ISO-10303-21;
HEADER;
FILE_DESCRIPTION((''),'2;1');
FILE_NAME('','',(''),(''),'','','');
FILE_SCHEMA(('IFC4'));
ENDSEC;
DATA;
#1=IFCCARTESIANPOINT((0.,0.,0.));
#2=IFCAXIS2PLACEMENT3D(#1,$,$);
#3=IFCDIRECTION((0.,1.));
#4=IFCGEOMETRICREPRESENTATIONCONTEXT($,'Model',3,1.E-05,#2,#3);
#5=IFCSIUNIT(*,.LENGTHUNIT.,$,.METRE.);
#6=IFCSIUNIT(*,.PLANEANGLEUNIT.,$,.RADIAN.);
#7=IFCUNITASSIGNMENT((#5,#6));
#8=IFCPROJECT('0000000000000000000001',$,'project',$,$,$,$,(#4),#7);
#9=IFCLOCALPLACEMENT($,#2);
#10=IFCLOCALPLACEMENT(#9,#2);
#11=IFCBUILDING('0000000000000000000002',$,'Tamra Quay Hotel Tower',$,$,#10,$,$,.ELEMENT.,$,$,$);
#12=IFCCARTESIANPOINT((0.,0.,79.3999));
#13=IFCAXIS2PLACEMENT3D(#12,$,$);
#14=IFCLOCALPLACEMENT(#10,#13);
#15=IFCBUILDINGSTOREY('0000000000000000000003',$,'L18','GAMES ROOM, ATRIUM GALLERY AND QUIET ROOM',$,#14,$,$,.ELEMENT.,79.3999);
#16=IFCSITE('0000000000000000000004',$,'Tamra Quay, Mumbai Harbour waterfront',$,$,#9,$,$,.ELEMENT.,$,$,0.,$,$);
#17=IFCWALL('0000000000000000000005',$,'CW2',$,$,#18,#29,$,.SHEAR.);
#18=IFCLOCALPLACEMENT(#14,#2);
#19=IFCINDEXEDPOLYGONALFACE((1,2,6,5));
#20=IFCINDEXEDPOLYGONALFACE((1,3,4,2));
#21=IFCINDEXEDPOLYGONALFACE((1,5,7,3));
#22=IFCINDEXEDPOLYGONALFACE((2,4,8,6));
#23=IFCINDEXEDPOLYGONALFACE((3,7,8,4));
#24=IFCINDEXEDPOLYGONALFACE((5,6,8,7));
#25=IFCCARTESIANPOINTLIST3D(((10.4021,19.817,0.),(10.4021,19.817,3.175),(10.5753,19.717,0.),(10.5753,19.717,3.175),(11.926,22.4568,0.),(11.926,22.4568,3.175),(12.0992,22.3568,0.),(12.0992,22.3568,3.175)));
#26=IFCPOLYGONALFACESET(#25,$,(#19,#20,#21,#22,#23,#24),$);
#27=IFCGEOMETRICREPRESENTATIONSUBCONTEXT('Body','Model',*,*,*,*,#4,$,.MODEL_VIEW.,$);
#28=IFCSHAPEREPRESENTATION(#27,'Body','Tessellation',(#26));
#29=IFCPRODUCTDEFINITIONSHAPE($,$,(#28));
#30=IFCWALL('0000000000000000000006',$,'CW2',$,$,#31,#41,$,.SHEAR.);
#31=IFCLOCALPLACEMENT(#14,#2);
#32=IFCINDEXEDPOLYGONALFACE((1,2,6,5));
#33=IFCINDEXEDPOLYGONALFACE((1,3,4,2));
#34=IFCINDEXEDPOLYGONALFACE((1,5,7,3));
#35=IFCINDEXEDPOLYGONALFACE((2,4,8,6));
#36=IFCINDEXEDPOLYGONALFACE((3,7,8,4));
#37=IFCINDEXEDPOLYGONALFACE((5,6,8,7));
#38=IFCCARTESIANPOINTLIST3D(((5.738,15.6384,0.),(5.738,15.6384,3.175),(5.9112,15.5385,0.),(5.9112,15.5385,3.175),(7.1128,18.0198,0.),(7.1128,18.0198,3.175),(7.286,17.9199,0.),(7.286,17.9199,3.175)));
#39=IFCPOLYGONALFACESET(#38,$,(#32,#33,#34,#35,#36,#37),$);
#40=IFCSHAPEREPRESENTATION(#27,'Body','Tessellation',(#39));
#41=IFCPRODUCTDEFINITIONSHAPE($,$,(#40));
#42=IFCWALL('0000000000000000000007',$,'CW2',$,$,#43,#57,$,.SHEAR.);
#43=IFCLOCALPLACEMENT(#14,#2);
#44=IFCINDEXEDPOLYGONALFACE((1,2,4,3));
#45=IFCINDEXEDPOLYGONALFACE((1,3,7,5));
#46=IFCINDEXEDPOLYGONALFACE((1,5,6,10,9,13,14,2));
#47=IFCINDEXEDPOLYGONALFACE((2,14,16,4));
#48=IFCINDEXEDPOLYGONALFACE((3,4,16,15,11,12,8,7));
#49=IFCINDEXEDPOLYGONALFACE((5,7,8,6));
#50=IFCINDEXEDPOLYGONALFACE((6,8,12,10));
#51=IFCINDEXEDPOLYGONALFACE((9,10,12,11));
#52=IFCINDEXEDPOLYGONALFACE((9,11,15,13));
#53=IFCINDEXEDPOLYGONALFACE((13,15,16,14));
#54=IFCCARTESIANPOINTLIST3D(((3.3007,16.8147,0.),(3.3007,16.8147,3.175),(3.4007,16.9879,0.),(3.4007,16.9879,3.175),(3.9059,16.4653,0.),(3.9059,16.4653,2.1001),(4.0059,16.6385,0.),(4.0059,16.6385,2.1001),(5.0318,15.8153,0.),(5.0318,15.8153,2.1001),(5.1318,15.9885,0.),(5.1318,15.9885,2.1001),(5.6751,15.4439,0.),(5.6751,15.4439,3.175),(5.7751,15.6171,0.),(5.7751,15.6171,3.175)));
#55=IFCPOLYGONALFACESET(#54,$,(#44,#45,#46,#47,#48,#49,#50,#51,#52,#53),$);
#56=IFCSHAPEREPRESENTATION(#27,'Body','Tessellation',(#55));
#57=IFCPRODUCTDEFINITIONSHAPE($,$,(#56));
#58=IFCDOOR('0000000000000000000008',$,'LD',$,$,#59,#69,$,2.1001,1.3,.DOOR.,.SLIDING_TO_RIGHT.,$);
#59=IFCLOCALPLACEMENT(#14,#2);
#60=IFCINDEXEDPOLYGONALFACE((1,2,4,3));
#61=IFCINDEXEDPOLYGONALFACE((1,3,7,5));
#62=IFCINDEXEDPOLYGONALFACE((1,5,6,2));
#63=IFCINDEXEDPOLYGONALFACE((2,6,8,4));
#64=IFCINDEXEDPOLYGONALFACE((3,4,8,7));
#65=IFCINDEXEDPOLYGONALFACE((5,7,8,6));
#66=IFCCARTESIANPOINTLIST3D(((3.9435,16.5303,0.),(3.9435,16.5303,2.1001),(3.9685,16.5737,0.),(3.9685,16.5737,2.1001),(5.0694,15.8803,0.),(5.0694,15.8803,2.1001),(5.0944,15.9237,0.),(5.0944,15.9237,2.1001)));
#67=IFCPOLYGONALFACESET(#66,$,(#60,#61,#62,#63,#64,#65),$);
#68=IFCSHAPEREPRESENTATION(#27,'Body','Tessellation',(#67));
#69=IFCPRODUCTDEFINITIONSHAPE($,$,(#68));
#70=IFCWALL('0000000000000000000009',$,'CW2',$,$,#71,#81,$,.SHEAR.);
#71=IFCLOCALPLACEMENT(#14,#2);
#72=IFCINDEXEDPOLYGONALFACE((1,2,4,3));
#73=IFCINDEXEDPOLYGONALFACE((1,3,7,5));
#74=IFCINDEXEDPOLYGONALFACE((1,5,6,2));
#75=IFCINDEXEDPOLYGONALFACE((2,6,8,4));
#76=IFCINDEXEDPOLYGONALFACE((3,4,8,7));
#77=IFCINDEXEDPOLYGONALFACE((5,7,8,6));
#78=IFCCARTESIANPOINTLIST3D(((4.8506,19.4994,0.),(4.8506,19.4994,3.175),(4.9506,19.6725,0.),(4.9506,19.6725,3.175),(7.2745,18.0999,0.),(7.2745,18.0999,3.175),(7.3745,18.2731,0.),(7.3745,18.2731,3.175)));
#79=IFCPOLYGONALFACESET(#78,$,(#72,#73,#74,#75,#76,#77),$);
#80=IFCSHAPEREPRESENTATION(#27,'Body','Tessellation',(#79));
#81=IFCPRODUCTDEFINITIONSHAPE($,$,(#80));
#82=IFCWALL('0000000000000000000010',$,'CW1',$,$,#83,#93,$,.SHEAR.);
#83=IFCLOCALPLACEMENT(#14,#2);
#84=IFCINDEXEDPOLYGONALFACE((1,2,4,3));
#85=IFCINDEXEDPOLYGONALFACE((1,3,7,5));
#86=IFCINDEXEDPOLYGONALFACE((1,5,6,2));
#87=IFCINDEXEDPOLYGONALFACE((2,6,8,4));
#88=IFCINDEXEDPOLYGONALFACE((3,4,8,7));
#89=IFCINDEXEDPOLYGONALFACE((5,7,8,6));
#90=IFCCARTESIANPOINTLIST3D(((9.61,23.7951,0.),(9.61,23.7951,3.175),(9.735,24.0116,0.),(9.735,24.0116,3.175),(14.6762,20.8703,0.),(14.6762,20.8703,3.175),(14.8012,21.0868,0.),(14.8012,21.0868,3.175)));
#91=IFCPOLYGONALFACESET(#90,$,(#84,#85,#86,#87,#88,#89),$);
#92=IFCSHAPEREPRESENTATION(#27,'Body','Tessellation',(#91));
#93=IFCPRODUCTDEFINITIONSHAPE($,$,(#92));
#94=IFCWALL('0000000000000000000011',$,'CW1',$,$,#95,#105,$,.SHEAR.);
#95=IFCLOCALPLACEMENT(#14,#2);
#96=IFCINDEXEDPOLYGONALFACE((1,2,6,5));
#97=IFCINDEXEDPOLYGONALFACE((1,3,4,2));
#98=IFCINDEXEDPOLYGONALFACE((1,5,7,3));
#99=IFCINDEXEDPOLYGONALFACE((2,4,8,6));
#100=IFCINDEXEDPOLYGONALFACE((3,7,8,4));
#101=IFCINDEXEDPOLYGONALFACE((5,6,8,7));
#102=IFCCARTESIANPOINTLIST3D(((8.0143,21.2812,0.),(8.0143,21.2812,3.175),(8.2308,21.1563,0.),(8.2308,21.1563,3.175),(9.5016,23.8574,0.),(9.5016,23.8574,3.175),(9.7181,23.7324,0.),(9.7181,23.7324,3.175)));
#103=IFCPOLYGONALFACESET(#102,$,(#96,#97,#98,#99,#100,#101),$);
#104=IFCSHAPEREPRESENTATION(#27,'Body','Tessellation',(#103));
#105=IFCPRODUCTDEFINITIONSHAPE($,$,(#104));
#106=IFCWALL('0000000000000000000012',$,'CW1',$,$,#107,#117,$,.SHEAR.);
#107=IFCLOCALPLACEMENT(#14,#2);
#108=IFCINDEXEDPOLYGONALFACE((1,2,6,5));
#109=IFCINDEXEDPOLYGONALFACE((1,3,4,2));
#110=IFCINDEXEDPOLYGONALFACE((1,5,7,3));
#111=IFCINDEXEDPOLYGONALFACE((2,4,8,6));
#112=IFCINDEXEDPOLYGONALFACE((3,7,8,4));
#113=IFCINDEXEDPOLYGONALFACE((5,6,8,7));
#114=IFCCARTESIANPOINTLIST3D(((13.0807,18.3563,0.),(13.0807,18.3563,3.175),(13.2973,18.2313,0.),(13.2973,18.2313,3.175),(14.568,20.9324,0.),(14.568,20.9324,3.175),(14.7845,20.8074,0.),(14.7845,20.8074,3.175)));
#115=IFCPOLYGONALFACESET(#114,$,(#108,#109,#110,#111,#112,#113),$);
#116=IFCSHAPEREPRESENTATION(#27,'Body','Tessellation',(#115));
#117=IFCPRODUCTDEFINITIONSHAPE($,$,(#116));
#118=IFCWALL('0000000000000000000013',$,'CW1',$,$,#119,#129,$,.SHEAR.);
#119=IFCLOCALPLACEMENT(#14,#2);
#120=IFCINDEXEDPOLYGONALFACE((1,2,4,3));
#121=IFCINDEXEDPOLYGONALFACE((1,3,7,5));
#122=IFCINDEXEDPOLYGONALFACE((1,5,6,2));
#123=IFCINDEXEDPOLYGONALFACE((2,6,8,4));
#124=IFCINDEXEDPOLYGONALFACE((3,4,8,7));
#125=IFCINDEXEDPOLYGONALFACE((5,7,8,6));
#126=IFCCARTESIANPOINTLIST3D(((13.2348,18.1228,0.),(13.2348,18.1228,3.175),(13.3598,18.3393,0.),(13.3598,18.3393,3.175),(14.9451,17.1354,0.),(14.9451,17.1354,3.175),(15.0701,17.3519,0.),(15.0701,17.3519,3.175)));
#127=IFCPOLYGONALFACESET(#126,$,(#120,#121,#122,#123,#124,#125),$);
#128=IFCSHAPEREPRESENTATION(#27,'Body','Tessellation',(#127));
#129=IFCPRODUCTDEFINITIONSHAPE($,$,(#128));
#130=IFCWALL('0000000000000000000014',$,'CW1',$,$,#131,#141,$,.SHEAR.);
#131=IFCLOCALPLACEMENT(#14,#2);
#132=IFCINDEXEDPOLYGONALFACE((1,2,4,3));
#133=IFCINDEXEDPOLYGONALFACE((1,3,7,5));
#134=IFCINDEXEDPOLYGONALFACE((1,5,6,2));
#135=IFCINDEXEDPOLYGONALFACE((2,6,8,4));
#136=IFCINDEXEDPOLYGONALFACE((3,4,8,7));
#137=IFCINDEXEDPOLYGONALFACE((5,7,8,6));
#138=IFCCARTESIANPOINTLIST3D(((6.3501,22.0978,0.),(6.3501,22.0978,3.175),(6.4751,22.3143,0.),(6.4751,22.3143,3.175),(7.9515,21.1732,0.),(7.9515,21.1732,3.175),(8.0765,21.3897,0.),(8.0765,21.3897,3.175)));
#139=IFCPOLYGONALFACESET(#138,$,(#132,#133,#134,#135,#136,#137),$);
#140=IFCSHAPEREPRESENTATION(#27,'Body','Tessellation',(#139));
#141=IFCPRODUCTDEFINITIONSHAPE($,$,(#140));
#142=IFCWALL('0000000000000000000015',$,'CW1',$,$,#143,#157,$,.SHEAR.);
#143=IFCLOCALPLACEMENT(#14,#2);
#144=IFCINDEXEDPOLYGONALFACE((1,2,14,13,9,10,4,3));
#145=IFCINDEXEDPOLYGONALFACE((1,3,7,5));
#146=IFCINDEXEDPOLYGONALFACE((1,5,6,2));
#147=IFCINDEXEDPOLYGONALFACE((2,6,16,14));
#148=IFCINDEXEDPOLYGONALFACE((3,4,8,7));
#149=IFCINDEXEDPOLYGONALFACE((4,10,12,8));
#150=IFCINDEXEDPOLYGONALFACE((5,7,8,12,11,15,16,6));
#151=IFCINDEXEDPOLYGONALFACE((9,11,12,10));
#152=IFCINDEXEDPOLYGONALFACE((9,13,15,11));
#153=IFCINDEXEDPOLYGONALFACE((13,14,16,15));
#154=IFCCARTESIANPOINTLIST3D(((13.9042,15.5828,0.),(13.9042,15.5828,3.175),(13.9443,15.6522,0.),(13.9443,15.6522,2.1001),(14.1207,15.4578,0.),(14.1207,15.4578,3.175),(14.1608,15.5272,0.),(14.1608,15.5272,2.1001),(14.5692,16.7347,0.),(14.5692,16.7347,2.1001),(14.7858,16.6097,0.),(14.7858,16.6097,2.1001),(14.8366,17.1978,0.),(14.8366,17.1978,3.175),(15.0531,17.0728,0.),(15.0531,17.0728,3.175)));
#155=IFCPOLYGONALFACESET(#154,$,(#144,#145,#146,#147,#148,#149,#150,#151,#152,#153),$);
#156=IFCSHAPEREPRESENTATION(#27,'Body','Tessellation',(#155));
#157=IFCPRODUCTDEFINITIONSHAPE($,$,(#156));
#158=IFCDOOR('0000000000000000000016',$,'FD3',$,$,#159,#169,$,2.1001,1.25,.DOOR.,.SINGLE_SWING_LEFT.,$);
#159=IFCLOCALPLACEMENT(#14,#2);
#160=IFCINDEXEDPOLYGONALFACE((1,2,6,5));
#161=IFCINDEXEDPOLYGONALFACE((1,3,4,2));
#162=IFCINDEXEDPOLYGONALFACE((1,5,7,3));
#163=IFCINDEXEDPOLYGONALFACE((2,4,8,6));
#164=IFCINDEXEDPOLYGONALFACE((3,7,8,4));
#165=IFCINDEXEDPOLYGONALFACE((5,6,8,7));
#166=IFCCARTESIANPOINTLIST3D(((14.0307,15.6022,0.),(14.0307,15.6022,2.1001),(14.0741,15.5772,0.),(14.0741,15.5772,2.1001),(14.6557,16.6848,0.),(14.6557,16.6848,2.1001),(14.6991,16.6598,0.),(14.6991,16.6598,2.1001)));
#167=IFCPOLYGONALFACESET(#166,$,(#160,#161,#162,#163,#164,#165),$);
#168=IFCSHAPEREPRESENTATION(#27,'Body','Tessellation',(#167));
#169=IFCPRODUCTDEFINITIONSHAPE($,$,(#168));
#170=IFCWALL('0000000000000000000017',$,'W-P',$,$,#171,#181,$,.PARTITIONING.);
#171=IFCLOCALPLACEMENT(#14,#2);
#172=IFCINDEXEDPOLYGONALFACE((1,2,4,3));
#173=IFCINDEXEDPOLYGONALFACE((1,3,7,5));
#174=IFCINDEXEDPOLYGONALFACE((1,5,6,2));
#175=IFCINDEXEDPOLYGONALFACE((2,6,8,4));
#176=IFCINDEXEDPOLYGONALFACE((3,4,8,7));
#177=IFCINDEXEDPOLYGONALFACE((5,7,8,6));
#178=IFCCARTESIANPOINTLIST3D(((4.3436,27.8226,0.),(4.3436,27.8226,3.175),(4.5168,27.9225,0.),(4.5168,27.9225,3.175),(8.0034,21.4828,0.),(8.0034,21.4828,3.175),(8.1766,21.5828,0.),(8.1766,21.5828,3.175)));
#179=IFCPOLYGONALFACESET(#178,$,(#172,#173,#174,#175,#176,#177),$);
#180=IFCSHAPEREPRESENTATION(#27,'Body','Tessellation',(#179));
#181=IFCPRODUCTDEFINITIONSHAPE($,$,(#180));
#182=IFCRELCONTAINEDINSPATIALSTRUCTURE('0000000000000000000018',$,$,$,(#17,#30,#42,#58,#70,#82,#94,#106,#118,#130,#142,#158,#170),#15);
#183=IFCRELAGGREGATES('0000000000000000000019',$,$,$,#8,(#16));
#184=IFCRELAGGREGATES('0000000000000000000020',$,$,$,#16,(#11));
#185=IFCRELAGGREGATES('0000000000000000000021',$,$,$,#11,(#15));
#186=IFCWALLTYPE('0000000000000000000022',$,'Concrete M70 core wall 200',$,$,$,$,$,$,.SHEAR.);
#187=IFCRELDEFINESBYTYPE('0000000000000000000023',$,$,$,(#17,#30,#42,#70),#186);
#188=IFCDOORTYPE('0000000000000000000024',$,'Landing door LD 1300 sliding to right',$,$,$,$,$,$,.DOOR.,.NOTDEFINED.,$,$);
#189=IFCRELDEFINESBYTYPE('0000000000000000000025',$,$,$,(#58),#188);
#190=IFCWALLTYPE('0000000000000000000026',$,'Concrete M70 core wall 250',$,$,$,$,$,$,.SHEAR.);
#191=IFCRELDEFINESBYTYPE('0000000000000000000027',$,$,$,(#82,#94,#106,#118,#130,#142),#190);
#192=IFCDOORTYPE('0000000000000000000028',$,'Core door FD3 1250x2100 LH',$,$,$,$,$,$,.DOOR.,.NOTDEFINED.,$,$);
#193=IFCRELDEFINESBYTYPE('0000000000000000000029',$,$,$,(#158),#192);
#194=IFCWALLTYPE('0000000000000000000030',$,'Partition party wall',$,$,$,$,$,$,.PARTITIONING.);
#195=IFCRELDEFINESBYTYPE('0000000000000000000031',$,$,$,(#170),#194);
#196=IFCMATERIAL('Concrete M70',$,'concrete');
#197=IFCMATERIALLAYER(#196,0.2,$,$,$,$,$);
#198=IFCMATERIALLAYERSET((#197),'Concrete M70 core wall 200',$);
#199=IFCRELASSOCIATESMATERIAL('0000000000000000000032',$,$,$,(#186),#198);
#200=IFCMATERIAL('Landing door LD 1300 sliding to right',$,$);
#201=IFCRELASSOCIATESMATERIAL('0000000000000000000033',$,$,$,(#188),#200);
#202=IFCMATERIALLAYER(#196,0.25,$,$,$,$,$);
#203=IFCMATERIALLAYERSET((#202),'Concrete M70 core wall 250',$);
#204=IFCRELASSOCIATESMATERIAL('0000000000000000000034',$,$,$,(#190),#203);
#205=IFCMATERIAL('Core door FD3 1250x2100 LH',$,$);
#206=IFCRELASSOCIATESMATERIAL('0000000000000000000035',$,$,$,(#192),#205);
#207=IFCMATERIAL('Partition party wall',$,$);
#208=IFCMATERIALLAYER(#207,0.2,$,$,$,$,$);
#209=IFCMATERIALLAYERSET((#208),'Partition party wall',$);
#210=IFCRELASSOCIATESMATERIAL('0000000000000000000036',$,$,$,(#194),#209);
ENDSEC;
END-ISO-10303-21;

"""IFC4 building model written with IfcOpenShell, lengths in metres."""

from ifc_helpers import new_model, si_unit, direction, frame, frame_2d, origin, place, context, subcontext, project, spatial, rectangle, extrude, material, layer, layer_set, type_object, element, fill, save


model = new_model("IFC4")

# Units and contexts
model_context = context("Model", 3, precision=1e-05, world=origin(), true_north=direction((0.0, 1.0)))
body_context = subcontext(model_context, "Body", "Model", "MODEL_VIEW")
ifc_project = project(units=[si_unit("LENGTHUNIT", "METRE"), si_unit("PLANEANGLEUNIT", "RADIAN")], contexts=[model_context])

# Site, building, storey
site_placement = place(None, origin())
site = spatial("IfcSite", under=ifc_project, at=site_placement, Name="Tamra Quay, Mumbai Harbour waterfront", CompositionType="ELEMENT", RefElevation=0.0)
building_placement = place(site_placement, origin())
building = spatial("IfcBuilding", under=site, at=building_placement, Name="Tamra Quay Hotel Tower", CompositionType="ELEMENT")
storey_placement = place(building_placement, frame((0.0, 0.0, 79.3999)))
storey = spatial("IfcBuildingStorey", under=building, at=storey_placement, Name="L18", Description="GAMES ROOM, ATRIUM GALLERY AND QUIET ROOM", CompositionType="ELEMENT", Elevation=79.3999)

# Shared definitions
ifc_material_1 = material(Name="Concrete M70", Category="concrete")

# Shared definitions
ifc_layer_1 = layer(ifc_material_1, 0.2)
ifc_layer_set_1 = layer_set([ifc_layer_1], Name="Concrete M70 core wall 200")
wall_type_1 = type_object("IfcWallType", Name="Concrete M70 core wall 200", PredefinedType="SHEAR", material=ifc_layer_set_1)

# Walls
wall_1_placement = place(storey_placement, frame((10.4888, 19.7671, 0.0), z_axis=(0.0, 0.0, 1.0), x_axis=(0.499947, 0.866056, 0.0)))
element("IfcWall", 1, at=wall_1_placement, inside=storey, type_object=wall_type_1, Name="CW2", PredefinedType="SHEAR", context=body_context, shape_type="SweptSolid", body=[
    extrude(rectangle(XDim=3.0481, YDim=0.2, at=frame_2d((1.5239, 0.0))), origin(), (0.0, 0.0, 1.0), 3.175),
])
wall_2_placement = place(storey_placement, frame((7.1995, 17.97, 0.0), z_axis=(0.0, 0.0, 1.0), x_axis=(-0.499968, -0.866044, 0.0)))
element("IfcWall", 2, at=wall_2_placement, inside=storey, type_object=wall_type_1, Name="CW2", PredefinedType="SHEAR", context=body_context, shape_type="SweptSolid", body=[
    extrude(rectangle(XDim=2.7498, YDim=0.2, at=frame_2d((1.375, 0.0))), origin(), (0.0, 0.0, 1.0), 3.175),
])

# Wall, opening, door
wall_3_placement = place(storey_placement, frame((5.7251, 15.5305, 0.0), z_axis=(0.0, 0.0, 1.0), x_axis=(-0.866037, 0.499979, 0.0)))
wall_3 = element("IfcWall", 3, at=wall_3_placement, inside=storey, type_object=wall_type_1, Name="CW2", PredefinedType="SHEAR", context=body_context, shape_type="SweptSolid", body=[
    extrude(rectangle(XDim=2.7417, YDim=0.2, at=frame_2d((1.3708, 0.0))), origin(), (0.0, 0.0, 1.0), 3.175),
])
opening_1_placement = place(wall_3_placement, frame((0.7429, 0.0, 0.0)))
opening_1 = element("IfcOpeningElement", 4, at=opening_1_placement, cuts=wall_3, PredefinedType="OPENING", context=body_context, shape_type="SweptSolid", body=[
    extrude(rectangle(XDim=1.3, YDim=2.1001, at=frame_2d((0.6499, 1.05))), frame((0.0, 0.1099, 0.0), z_axis=(0.0, -1.0, 0.0), x_axis=(1.0, 0.0, 0.0)), (0.0, 0.0, 1.0), 0.22),
])
ifc_material_2 = material(Name="Landing door LD 1300 sliding to right")
door_type_1 = type_object("IfcDoorType", Name="Landing door LD 1300 sliding to right", OperationType="NOTDEFINED", PredefinedType="DOOR", material=ifc_material_2)
door_1_placement = place(opening_1_placement, origin())
door_1 = element("IfcDoor", 5, at=door_1_placement, inside=storey, type_object=door_type_1, Name="LD", OperationType="SLIDING_TO_RIGHT", OverallHeight=2.1001, OverallWidth=1.3, PredefinedType="DOOR", context=body_context, shape_type="SweptSolid", body=[
    extrude(rectangle(XDim=1.3, YDim=2.1001, at=frame_2d((0.6499, 1.05))), frame((0.0, 0.0249, 0.0), z_axis=(0.0, -1.0, 0.0), x_axis=(1.0, 0.0, 0.0)), (0.0, 0.0, 1.0), 0.05),
])
fill(opening_1, door_1)

# Walls
wall_4_placement = place(storey_placement, frame((4.9006, 19.5859, 0.0), z_axis=(0.0, 0.0, 1.0), x_axis=(0.866023, -0.500004, 0.0)))
element("IfcWall", 6, at=wall_4_placement, inside=storey, type_object=wall_type_1, Name="CW2", PredefinedType="SHEAR", context=body_context, shape_type="SweptSolid", body=[
    extrude(rectangle(XDim=2.7988, YDim=0.2, at=frame_2d((1.3994, 0.0))), origin(), (0.0, 0.0, 1.0), 3.175),
])
ifc_layer_2 = layer(ifc_material_1, 0.25)
ifc_layer_set_2 = layer_set([ifc_layer_2], Name="Concrete M70 core wall 250")
wall_type_2 = type_object("IfcWallType", Name="Concrete M70 core wall 250", PredefinedType="SHEAR", material=ifc_layer_set_2)
wall_5_placement = place(storey_placement, frame((9.6726, 23.9033, 0.0), z_axis=(0.0, 0.0, 1.0), x_axis=(0.866036, -0.499981, 0.0)))
element("IfcWall", 7, at=wall_5_placement, inside=storey, type_object=wall_type_2, Name="CW1", PredefinedType="SHEAR", context=body_context, shape_type="SweptSolid", body=[
    extrude(rectangle(XDim=5.8499, YDim=0.25, at=frame_2d((2.9248, 0.0))), origin(), (0.0, 0.0, 1.0), 3.175),
])
for number, where, z_axis, x_axis, name in (
    (8, (8.1226, 21.2188, 0.0), (0.0, 0.0, 1.0), (0.499988, 0.866033, 0.0), "CW1"),
    (9, (14.6763, 20.8699, 0.0), (0.0, 0.0, 1.0), (-0.499988, -0.866033, 0.0), "CW1"),
):
    element("IfcWall", number, at=place(storey_placement, frame(where, z_axis=z_axis, x_axis=x_axis)), inside=storey, type_object=wall_type_2, Name=name, PredefinedType="SHEAR", context=body_context, shape_type="SweptSolid", body=[
        extrude(rectangle(XDim=2.9746, YDim=0.25, at=frame_2d((1.4873, 0.0))), origin(), (0.0, 0.0, 1.0), 3.175),
    ])
wall_6_placement = place(storey_placement, frame((13.2974, 18.231, 0.0), z_axis=(0.0, 0.0, 1.0), x_axis=(0.866044, -0.499969, 0.0)))
element("IfcWall", 10, at=wall_6_placement, inside=storey, type_object=wall_type_2, Name="CW1", PredefinedType="SHEAR", context=body_context, shape_type="SweptSolid", body=[
    extrude(rectangle(XDim=1.9749, YDim=0.25, at=frame_2d((0.9873, 0.0))), origin(), (0.0, 0.0, 1.0), 3.175),
])
wall_7_placement = place(storey_placement, frame((6.4126, 22.2061, 0.0), z_axis=(0.0, 0.0, 1.0), x_axis=(0.866016, -0.500016, 0.0)))
element("IfcWall", 11, at=wall_7_placement, inside=storey, type_object=wall_type_2, Name="CW1", PredefinedType="SHEAR", context=body_context, shape_type="SweptSolid", body=[
    extrude(rectangle(XDim=1.8491, YDim=0.25, at=frame_2d((0.9246, 0.0))), origin(), (0.0, 0.0, 1.0), 3.175),
])

# Wall, opening, door
wall_8_placement = place(storey_placement, frame((14.9448, 17.1353, 0.0), z_axis=(0.0, 0.0, 1.0), x_axis=(-0.499983, -0.866035, 0.0)))
wall_8 = element("IfcWall", 12, at=wall_8_placement, inside=storey, type_object=wall_type_2, Name="CW1", PredefinedType="SHEAR", context=body_context, shape_type="SweptSolid", body=[
    extrude(rectangle(XDim=1.8647, YDim=0.25, at=frame_2d((0.9324, 0.0))), origin(), (0.0, 0.0, 1.0), 3.175),
])
opening_2_placement = place(wall_8_placement, frame((0.5347, 0.0, 0.0)))
opening_2 = element("IfcOpeningElement", 13, at=opening_2_placement, cuts=wall_8, PredefinedType="OPENING", context=body_context, shape_type="SweptSolid", body=[
    extrude(rectangle(XDim=1.25, YDim=2.1001, at=frame_2d((0.625, 1.05))), frame((0.0, 0.135, 0.0), z_axis=(0.0, -1.0, 0.0), x_axis=(1.0, 0.0, 0.0)), (0.0, 0.0, 1.0), 0.27),
])
ifc_material_3 = material(Name="Core door FD3 1250x2100 LH")
door_type_2 = type_object("IfcDoorType", Name="Core door FD3 1250x2100 LH", OperationType="NOTDEFINED", PredefinedType="DOOR", material=ifc_material_3)
door_2_placement = place(opening_2_placement, origin())
door_2 = element("IfcDoor", 14, at=door_2_placement, inside=storey, type_object=door_type_2, Name="FD3", OperationType="SINGLE_SWING_LEFT", OverallHeight=2.1001, OverallWidth=1.25, PredefinedType="DOOR", context=body_context, shape_type="SweptSolid", body=[
    extrude(rectangle(XDim=1.25, YDim=2.1001, at=frame_2d((0.625, 1.05))), frame((0.0, 0.0249, 0.0), z_axis=(0.0, -1.0, 0.0), x_axis=(1.0, 0.0, 0.0)), (0.0, 0.0, 1.0), 0.05),
])
fill(opening_2, door_2)

# Wall
ifc_material_4 = material(Name="Partition party wall")
ifc_layer_3 = layer(ifc_material_4, 0.2)
ifc_layer_set_3 = layer_set([ifc_layer_3], Name="Partition party wall")
wall_type_3 = type_object("IfcWallType", Name="Partition party wall", PredefinedType="PARTITIONING", material=ifc_layer_set_3)
wall_9_placement = place(storey_placement, frame((4.4302, 27.8726, 0.0), z_axis=(0.0, 0.0, 1.0), x_axis=(0.499959, -0.866049, 0.0)))
element("IfcWall", 15, at=wall_9_placement, inside=storey, type_object=wall_type_3, Name="W-P", PredefinedType="PARTITIONING", context=body_context, shape_type="SweptSolid", body=[
    extrude(rectangle(XDim=7.3203, YDim=0.2, at=frame_2d((3.6602, 0.0))), origin(), (0.0, 0.0, 1.0), 3.175),
])

save(model, "model.ifc")
